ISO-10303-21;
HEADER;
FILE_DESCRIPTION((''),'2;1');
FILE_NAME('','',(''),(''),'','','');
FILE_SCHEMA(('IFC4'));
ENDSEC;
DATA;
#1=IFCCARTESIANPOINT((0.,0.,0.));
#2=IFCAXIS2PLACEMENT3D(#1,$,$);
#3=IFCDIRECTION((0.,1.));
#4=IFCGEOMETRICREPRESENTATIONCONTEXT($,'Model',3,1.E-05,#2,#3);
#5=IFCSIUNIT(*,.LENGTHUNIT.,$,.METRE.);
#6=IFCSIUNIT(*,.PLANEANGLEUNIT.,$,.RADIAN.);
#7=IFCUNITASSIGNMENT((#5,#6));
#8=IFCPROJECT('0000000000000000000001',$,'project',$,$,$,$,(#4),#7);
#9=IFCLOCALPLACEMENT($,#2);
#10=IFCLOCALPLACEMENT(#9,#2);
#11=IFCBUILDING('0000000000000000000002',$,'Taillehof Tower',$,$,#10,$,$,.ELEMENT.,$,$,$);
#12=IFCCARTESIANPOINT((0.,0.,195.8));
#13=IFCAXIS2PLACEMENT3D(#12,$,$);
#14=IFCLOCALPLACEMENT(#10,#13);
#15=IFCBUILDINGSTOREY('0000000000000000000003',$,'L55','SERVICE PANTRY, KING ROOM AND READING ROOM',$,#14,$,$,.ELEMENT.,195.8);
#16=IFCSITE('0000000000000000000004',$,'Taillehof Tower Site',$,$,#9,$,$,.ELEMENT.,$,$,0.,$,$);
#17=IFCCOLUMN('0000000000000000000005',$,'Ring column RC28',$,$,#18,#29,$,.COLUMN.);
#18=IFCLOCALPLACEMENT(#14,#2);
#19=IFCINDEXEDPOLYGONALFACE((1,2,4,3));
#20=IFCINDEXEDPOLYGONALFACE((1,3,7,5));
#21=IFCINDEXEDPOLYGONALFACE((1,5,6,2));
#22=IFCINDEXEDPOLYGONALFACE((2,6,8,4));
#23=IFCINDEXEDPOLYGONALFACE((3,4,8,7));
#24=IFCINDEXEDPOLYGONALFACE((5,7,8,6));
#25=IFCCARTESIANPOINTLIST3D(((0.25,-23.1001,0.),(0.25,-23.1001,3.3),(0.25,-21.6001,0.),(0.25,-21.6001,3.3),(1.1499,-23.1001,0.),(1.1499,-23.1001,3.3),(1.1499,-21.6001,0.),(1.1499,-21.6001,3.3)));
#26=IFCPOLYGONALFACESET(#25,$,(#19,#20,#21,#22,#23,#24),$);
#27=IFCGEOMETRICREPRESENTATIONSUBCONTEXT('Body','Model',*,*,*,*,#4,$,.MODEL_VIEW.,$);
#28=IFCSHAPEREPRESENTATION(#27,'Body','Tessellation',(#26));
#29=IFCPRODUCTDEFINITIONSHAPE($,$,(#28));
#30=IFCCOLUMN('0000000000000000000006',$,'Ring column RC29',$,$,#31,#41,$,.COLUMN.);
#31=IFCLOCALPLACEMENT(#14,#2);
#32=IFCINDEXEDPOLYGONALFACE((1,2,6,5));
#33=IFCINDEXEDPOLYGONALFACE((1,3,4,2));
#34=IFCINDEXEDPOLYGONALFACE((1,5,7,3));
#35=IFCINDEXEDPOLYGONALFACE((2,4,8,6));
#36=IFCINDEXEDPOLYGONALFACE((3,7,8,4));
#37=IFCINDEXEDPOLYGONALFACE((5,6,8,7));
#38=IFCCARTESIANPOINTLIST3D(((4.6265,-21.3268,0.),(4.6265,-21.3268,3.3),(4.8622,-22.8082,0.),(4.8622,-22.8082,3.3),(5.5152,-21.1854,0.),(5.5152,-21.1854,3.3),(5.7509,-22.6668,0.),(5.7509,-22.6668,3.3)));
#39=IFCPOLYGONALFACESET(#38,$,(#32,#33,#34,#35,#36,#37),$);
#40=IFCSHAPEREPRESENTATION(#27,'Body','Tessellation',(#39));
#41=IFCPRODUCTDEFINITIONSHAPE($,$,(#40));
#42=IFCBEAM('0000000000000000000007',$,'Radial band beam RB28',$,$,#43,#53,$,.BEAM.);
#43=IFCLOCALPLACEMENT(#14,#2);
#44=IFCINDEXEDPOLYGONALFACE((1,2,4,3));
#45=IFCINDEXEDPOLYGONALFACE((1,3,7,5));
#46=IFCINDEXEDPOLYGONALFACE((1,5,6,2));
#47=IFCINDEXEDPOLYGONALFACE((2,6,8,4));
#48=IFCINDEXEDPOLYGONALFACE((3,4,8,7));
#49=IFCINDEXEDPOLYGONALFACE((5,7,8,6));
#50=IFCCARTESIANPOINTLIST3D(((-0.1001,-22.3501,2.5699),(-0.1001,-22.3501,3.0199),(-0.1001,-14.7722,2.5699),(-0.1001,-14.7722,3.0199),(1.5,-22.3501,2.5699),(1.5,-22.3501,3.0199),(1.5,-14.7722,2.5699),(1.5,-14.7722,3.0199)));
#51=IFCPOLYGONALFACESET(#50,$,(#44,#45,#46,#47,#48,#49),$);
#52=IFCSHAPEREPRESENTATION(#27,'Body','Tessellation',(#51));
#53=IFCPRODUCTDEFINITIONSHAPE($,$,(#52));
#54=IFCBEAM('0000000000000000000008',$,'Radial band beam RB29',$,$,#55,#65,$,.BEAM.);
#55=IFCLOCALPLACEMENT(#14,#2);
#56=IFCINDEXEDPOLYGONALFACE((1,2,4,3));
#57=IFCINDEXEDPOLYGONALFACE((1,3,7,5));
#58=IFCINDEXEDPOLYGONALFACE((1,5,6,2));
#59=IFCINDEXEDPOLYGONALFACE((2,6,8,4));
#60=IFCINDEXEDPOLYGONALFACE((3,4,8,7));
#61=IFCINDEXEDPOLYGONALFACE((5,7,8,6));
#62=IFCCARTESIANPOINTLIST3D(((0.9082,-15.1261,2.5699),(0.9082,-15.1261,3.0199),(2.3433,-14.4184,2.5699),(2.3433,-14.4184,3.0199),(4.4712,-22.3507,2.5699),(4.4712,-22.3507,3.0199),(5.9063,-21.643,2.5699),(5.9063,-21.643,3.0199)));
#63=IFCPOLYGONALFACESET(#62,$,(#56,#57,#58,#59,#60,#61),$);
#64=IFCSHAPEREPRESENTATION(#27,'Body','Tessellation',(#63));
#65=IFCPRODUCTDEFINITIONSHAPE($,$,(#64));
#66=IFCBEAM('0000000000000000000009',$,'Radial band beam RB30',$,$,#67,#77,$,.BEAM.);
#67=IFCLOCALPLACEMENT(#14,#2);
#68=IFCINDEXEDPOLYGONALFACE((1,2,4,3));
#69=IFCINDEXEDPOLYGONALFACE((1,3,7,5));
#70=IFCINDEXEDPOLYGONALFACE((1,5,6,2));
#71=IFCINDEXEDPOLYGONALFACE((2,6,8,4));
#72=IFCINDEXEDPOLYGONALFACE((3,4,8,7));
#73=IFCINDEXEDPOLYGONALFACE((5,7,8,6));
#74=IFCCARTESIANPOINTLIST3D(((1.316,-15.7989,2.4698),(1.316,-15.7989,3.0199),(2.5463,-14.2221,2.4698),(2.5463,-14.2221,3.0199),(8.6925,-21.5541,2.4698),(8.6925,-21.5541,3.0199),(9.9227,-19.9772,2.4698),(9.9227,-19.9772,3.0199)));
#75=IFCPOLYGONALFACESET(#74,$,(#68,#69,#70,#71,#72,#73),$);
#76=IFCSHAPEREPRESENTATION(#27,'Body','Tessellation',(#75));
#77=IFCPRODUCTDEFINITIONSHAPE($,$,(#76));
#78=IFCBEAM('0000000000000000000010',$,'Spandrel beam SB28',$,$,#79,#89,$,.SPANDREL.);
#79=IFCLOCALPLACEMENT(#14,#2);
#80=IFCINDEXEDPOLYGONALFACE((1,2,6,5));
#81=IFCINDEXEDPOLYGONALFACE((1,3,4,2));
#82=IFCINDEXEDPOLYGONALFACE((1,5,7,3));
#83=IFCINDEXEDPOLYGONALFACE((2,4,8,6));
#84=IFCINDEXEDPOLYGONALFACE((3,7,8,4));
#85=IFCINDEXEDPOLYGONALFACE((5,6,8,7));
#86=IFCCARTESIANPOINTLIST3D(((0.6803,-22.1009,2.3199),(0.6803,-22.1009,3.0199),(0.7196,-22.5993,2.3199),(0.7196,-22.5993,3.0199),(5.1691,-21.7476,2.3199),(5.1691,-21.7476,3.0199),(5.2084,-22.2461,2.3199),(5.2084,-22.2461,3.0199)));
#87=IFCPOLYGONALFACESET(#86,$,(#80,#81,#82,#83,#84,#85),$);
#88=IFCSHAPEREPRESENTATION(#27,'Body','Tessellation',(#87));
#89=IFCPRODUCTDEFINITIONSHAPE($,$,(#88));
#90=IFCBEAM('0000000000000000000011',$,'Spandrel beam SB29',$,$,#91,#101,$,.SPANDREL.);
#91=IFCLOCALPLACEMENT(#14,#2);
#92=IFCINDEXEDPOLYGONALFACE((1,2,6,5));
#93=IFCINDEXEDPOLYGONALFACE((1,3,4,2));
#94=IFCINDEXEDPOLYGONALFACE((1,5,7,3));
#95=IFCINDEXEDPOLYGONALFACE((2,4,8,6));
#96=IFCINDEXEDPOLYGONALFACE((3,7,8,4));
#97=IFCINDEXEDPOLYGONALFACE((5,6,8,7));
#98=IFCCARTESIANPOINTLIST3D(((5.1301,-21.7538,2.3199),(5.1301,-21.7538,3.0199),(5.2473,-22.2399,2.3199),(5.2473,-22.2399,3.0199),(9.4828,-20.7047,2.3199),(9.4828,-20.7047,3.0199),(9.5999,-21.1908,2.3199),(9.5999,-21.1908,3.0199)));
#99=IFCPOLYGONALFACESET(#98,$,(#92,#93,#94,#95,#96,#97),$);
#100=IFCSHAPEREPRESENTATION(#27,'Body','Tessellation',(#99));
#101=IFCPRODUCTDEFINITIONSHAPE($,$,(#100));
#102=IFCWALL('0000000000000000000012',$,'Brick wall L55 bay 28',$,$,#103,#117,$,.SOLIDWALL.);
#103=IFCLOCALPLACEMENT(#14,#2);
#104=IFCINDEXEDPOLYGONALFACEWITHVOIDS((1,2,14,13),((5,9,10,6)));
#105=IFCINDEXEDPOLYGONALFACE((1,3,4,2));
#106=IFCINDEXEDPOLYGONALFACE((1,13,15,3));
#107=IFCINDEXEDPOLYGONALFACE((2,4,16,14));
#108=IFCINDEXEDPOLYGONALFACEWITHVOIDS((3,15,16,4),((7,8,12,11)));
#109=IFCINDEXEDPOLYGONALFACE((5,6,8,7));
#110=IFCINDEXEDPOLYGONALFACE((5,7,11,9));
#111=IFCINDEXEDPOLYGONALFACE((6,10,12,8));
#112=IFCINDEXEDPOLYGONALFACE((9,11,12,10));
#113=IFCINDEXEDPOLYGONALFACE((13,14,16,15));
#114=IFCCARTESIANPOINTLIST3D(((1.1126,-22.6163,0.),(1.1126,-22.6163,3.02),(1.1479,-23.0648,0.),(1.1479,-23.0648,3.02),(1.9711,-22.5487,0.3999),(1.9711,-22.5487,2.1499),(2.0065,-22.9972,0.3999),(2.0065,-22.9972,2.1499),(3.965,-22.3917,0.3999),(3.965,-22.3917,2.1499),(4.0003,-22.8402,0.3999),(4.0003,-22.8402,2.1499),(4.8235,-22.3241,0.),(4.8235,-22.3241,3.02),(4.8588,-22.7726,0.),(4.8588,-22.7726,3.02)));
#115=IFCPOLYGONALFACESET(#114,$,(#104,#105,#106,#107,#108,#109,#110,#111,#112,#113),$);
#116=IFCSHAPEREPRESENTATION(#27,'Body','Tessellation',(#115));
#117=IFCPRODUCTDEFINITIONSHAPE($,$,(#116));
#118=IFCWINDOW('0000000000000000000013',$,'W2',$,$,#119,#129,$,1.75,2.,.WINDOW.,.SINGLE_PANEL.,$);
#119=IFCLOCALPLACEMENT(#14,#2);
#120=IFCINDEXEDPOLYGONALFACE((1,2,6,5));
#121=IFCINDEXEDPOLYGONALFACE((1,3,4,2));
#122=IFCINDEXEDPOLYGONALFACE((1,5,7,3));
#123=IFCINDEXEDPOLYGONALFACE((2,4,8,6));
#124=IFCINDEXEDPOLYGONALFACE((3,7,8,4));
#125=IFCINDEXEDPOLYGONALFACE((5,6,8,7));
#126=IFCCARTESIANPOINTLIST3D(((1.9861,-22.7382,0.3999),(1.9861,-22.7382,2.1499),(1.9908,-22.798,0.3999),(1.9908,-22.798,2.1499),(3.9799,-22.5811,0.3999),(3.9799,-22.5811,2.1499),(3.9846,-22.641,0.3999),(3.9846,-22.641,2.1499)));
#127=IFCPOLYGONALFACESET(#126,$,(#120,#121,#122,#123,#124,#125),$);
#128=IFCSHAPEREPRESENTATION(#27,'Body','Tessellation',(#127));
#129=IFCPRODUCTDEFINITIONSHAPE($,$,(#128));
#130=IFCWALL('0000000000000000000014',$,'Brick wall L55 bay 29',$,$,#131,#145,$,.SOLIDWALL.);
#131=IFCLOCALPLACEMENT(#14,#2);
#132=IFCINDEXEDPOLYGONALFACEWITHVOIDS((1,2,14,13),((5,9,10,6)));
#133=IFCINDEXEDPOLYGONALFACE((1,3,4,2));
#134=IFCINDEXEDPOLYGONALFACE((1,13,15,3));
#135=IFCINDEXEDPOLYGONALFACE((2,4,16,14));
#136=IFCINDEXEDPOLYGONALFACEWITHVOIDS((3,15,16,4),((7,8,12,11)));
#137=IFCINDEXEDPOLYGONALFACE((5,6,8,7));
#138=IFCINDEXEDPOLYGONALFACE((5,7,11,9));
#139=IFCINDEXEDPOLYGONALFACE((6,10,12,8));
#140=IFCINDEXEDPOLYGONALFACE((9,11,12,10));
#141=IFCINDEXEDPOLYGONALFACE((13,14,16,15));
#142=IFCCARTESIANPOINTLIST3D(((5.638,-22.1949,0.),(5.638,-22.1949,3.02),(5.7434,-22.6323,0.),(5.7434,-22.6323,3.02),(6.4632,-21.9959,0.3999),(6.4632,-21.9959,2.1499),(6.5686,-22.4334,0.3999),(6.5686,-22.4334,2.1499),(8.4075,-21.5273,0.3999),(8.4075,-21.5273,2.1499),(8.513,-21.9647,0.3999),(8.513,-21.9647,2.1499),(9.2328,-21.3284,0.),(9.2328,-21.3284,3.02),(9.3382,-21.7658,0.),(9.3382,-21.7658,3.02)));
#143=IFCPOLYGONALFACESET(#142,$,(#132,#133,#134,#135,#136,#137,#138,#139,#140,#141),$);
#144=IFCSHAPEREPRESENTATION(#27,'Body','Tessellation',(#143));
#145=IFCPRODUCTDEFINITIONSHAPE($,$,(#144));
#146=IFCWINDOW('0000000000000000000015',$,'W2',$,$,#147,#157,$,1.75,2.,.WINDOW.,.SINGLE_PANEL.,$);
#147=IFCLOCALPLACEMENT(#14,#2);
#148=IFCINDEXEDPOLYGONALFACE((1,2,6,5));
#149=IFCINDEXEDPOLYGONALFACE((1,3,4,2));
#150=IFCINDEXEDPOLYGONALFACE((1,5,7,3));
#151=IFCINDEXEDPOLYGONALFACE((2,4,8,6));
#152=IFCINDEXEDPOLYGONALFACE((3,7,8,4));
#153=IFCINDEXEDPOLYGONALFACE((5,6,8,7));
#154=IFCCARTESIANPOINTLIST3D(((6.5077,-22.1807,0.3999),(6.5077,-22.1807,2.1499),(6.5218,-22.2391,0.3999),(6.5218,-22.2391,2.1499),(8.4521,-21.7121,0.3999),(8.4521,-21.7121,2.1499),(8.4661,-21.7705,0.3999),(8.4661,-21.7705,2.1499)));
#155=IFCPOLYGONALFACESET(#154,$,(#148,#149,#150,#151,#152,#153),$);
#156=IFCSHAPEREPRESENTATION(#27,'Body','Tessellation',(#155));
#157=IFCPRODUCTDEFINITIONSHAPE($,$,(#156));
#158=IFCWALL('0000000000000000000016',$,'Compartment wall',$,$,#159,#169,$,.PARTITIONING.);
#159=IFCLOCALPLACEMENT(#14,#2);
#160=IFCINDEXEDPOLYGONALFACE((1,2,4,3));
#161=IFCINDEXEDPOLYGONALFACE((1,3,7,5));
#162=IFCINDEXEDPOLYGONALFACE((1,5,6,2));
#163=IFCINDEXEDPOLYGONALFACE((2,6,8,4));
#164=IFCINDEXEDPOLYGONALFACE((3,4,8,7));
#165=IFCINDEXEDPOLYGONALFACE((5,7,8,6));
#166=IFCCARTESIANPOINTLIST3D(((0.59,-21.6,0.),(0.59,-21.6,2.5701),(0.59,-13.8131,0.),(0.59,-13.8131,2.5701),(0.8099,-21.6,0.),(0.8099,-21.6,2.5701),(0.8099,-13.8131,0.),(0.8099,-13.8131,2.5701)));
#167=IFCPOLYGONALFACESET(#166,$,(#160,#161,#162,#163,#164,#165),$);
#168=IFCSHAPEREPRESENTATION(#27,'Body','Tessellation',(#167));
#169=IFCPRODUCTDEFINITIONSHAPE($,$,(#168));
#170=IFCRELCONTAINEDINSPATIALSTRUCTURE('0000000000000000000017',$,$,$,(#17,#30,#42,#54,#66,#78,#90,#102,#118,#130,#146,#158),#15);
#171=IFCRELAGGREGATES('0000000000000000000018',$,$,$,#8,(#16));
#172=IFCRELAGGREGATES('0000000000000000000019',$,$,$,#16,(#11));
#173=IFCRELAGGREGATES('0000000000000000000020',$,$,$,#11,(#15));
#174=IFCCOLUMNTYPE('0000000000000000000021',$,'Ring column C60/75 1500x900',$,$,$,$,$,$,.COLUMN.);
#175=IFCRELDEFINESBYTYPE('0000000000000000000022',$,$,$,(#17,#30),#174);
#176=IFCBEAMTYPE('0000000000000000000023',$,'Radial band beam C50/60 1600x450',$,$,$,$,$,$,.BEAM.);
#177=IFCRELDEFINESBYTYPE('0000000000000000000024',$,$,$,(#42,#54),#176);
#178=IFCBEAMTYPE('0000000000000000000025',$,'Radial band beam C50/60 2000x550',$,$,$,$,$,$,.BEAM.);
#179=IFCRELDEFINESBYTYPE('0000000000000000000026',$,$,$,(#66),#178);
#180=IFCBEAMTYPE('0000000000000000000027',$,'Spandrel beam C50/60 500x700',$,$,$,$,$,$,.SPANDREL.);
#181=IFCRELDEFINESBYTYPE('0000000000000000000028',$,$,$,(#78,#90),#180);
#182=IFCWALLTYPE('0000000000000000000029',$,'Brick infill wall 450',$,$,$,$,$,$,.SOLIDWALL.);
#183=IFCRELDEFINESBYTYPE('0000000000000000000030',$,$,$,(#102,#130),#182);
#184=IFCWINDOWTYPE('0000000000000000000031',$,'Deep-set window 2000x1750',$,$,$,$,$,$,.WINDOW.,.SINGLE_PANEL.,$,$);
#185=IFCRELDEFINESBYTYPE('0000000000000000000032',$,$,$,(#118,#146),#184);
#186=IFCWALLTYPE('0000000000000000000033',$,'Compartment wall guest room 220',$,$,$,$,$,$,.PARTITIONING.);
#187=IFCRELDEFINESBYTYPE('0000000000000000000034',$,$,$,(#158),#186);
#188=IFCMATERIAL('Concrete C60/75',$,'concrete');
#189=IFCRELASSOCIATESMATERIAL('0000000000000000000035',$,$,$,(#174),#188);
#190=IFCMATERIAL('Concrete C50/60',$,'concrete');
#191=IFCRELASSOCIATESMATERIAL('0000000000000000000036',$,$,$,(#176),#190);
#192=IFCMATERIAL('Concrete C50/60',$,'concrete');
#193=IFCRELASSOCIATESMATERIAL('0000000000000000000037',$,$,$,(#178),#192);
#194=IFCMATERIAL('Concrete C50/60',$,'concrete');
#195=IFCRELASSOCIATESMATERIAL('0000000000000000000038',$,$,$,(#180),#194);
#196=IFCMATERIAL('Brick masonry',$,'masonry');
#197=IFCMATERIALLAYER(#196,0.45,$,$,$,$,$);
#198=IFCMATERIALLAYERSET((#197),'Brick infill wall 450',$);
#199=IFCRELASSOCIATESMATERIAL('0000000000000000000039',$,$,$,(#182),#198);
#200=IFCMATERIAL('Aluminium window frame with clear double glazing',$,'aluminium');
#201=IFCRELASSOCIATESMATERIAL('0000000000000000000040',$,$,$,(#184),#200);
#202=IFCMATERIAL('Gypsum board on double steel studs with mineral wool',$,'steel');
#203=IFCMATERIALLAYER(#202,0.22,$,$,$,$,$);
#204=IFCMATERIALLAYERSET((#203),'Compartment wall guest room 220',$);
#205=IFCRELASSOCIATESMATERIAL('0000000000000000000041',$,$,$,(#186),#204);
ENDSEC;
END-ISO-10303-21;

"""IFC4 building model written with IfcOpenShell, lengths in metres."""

from ifc_helpers import new_model, si_unit, direction, frame, frame_2d, origin, origin_2d, place, context, subcontext, project, spatial, rectangle, extrude, material, layer, layer_set, material_profile, profile_set, type_object, element, fill, save


model = new_model("IFC4")

# Units and contexts
model_context = context("Model", 3, precision=1e-05, world=origin(), true_north=direction((0.0, 1.0)))
body_context = subcontext(model_context, "Body", "Model", "MODEL_VIEW")
ifc_project = project(units=[si_unit("LENGTHUNIT", "METRE"), si_unit("PLANEANGLEUNIT", "RADIAN")], contexts=[model_context])

# Site, building, storey
site_placement = place(None, origin())
site = spatial("IfcSite", under=ifc_project, at=site_placement, Name="Taillehof Tower Site", CompositionType="ELEMENT", RefElevation=0.0)
building_placement = place(site_placement, origin())
building = spatial("IfcBuilding", under=site, at=building_placement, Name="Taillehof Tower", CompositionType="ELEMENT")
storey_placement = place(building_placement, frame((0.0, 0.0, 195.8)))
storey = spatial("IfcBuildingStorey", under=building, at=storey_placement, Name="L55", Description="SERVICE PANTRY, KING ROOM AND READING ROOM", CompositionType="ELEMENT", Elevation=195.8)

# Columns
ifc_material_1 = material(Name="Concrete C60/75", Category="concrete")
ifc_material_profile_1 = material_profile(ifc_material_1, rectangle(XDim=1.5, YDim=0.8999, at=origin_2d()), Name="RC 1500x900")
ifc_profile_set_1 = profile_set([ifc_material_profile_1], Name="Concrete C60/75")
column_type = type_object("IfcColumnType", Name="Ring column C60/75 1500x900", PredefinedType="COLUMN", material=ifc_profile_set_1)
for number, where, z_axis, x_axis, name in (
    (1, (0.7, -22.3501, 0.0), (0.0, 0.0, 1.0), (0.0, -1.0, 0.0), "Ring column RC28"),
    (2, (5.1887, -21.9968, 0.0), (0.0, 0.0, 1.0), (0.157116, -0.98758, 0.0), "Ring column RC29"),
):
    element("IfcColumn", number, at=place(storey_placement, frame(where, z_axis=z_axis, x_axis=x_axis)), inside=storey, type_object=column_type, Name=name, PredefinedType="COLUMN", context=body_context, shape_type="SweptSolid", body=[
        extrude(rectangle(XDim=1.5, YDim=0.8999, at=origin_2d()), origin(), (0.0, 0.0, 1.0), 3.3),
    ])

# Beams
ifc_material_2 = material(Name="Concrete C50/60", Category="concrete")
ifc_material_profile_2 = material_profile(ifc_material_2, rectangle(XDim=1.6001, YDim=0.45, at=origin_2d()), Name="RC 1600x450")
ifc_profile_set_2 = profile_set([ifc_material_profile_2], Name="Concrete C50/60")
beam_type_1 = type_object("IfcBeamType", Name="Radial band beam C50/60 1600x450", PredefinedType="BEAM", material=ifc_profile_set_2)
beam_1_placement = place(storey_placement, frame((0.7, -22.3501, 2.7949), z_axis=(0.0, 1.0, 0.0), x_axis=(-1.0, 0.0, 0.0)))
element("IfcBeam", 3, at=beam_1_placement, inside=storey, type_object=beam_type_1, Name="Radial band beam RB28", PredefinedType="BEAM", context=body_context, shape_type="SweptSolid", body=[
    extrude(rectangle(XDim=1.6001, YDim=0.45, at=origin_2d()), origin(), (0.0, 0.0, 1.0), 7.5779),
])
beam_2_placement = place(storey_placement, frame((5.1887, -21.9968, 2.7949), z_axis=(-0.442309, 0.896863, 0.0), x_axis=(-0.896863, -0.442309, 0.0)))
element("IfcBeam", 4, at=beam_2_placement, inside=storey, type_object=beam_type_1, Name="Radial band beam RB29", PredefinedType="BEAM", context=body_context, shape_type="SweptSolid", body=[
    extrude(rectangle(XDim=1.6001, YDim=0.45, at=origin_2d()), origin(), (0.0, 0.0, 1.0), 8.0554),
])
ifc_material_3 = material(Name="Concrete C50/60", Category="concrete")
ifc_material_profile_3 = material_profile(ifc_material_3, rectangle(XDim=2.0, YDim=0.55, at=origin_2d()), Name="RC 2000x550")
ifc_profile_set_3 = profile_set([ifc_material_profile_3], Name="Concrete C50/60")
beam_type_2 = type_object("IfcBeamType", Name="Radial band beam C50/60 2000x550", PredefinedType="BEAM", material=ifc_profile_set_3)
beam_3_placement = place(storey_placement, frame((9.3076, -20.7656, 2.7449), z_axis=(-0.788425, 0.61513, 0.0), x_axis=(-0.61513, -0.788425, 0.0)))
element("IfcBeam", 5, at=beam_3_placement, inside=storey, type_object=beam_type_2, Name="Radial band beam RB30", PredefinedType="BEAM", context=body_context, shape_type="SweptSolid", body=[
    extrude(rectangle(XDim=2.0, YDim=0.55, at=origin_2d()), origin(), (0.0, 0.0, 1.0), 9.356),
])
ifc_material_4 = material(Name="Concrete C50/60", Category="concrete")
ifc_material_profile_4 = material_profile(ifc_material_4, rectangle(XDim=0.5, YDim=0.7, at=origin_2d()), Name="RC 500x700")
ifc_profile_set_4 = profile_set([ifc_material_profile_4], Name="Concrete C50/60")
beam_type_3 = type_object("IfcBeamType", Name="Spandrel beam C50/60 500x700", PredefinedType="SPANDREL", material=ifc_profile_set_4)
beam_4_placement = place(storey_placement, frame((0.7, -22.3501, 2.6699), z_axis=(0.996917, 0.078459, 0.0), x_axis=(-0.078459, 0.996917, 0.0)))
element("IfcBeam", 6, at=beam_4_placement, inside=storey, type_object=beam_type_3, Name="Spandrel beam SB28", PredefinedType="SPANDREL", context=body_context, shape_type="SweptSolid", body=[
    extrude(rectangle(XDim=0.5, YDim=0.7, at=origin_2d()), origin(), (0.0, 0.0, 1.0), 4.5027),
])
beam_5_placement = place(storey_placement, frame((5.1887, -21.9968, 2.6699), z_axis=(0.972161, 0.234315, 0.0), x_axis=(-0.234315, 0.972161, 0.0)))
element("IfcBeam", 7, at=beam_5_placement, inside=storey, type_object=beam_type_3, Name="Spandrel beam SB29", PredefinedType="SPANDREL", context=body_context, shape_type="SweptSolid", body=[
    extrude(rectangle(XDim=0.5, YDim=0.7, at=origin_2d()), origin(), (0.0, 0.0, 1.0), 4.4773),
])

# Walls, openings, windows
ifc_material_5 = material(Name="Brick masonry", Category="masonry")
ifc_layer_1 = layer(ifc_material_5, 0.45)
ifc_layer_set_1 = layer_set([ifc_layer_1], Name="Brick infill wall 450")
wall_type_1 = type_object("IfcWallType", Name="Brick infill wall 450", PredefinedType="SOLIDWALL", material=ifc_layer_set_1)
wall_1_placement = place(storey_placement, frame((1.1301, -22.8406, 0.0), z_axis=(0.0, 0.0, 1.0), x_axis=(0.996914, 0.078507, 0.0)))
wall_1 = element("IfcWall", 8, at=wall_1_placement, inside=storey, type_object=wall_type_1, Name="Brick wall L55 bay 28", PredefinedType="SOLIDWALL", context=body_context, shape_type="SweptSolid", body=[
    extrude(rectangle(XDim=3.7224, YDim=0.45, at=frame_2d((1.8613, 0.0))), origin(), (0.0, 0.0, 1.0), 3.02),
])
opening_1_placement = place(wall_1_placement, frame((0.8613, 0.0, 0.3999)))
opening_1 = element("IfcOpeningElement", 9, at=opening_1_placement, cuts=wall_1, PredefinedType="OPENING", context=body_context, shape_type="SweptSolid", body=[
    extrude(rectangle(XDim=2.0, YDim=1.75, at=frame_2d((1.0, 0.875))), frame((0.0, 0.2349, 0.0), z_axis=(0.0, -1.0, 0.0), x_axis=(1.0, 0.0, 0.0)), (0.0, 0.0, 1.0), 0.47),
])
ifc_material_6 = material(Name="Aluminium window frame with clear double glazing", Category="aluminium")
window_type = type_object("IfcWindowType", Name="Deep-set window 2000x1750", PartitioningType="SINGLE_PANEL", PredefinedType="WINDOW", material=ifc_material_6)
window_1_placement = place(opening_1_placement, origin())
window_1 = element("IfcWindow", 10, at=window_1_placement, inside=storey, type_object=window_type, Name="W2", OverallHeight=1.75, OverallWidth=2.0, PartitioningType="SINGLE_PANEL", PredefinedType="WINDOW", context=body_context, shape_type="SweptSolid", body=[
    extrude(rectangle(XDim=2.0, YDim=1.75, at=frame_2d((1.0, 0.875))), frame((0.0, 0.0349, 0.0), z_axis=(0.0, -1.0, 0.0), x_axis=(1.0, 0.0, 0.0)), (0.0, 0.0, 1.0), 0.0601),
])
fill(opening_1, window_1)
wall_2_placement = place(storey_placement, frame((5.6907, -22.4136, 0.0), z_axis=(0.0, 0.0, 1.0), x_axis=(0.972158, 0.234324, 0.0)))
wall_2 = element("IfcWall", 11, at=wall_2_placement, inside=storey, type_object=wall_type_1, Name="Brick wall L55 bay 29", PredefinedType="SOLIDWALL", context=body_context, shape_type="SweptSolid", body=[
    extrude(rectangle(XDim=3.6978, YDim=0.45, at=frame_2d((1.8489, 0.0))), origin(), (0.0, 0.0, 1.0), 3.02),
])
opening_2_placement = place(wall_2_placement, frame((0.8489, 0.0, 0.3999)))
opening_2 = element("IfcOpeningElement", 12, at=opening_2_placement, cuts=wall_2, PredefinedType="OPENING", context=body_context, shape_type="SweptSolid", body=[
    extrude(rectangle(XDim=2.0, YDim=1.75, at=frame_2d((1.0, 0.875))), frame((0.0, 0.2349, 0.0), z_axis=(0.0, -1.0, 0.0), x_axis=(1.0, 0.0, 0.0)), (0.0, 0.0, 1.0), 0.47),
])
window_2_placement = place(opening_2_placement, origin())
window_2 = element("IfcWindow", 13, at=window_2_placement, inside=storey, type_object=window_type, Name="W2", OverallHeight=1.75, OverallWidth=2.0, PartitioningType="SINGLE_PANEL", PredefinedType="WINDOW", context=body_context, shape_type="SweptSolid", body=[
    extrude(rectangle(XDim=2.0, YDim=1.75, at=frame_2d((1.0, 0.875))), frame((0.0, 0.0349, 0.0), z_axis=(0.0, -1.0, 0.0), x_axis=(1.0, 0.0, 0.0)), (0.0, 0.0, 1.0), 0.0601),
])
fill(opening_2, window_2)

# Wall
ifc_material_7 = material(Name="Gypsum board on double steel studs with mineral wool", Category="steel")
ifc_layer_2 = layer(ifc_material_7, 0.22)
ifc_layer_set_2 = layer_set([ifc_layer_2], Name="Compartment wall guest room 220")
wall_type_2 = type_object("IfcWallType", Name="Compartment wall guest room 220", PredefinedType="PARTITIONING", material=ifc_layer_set_2)
wall_3_placement = place(storey_placement, frame((0.7, -21.6001, 0.0), z_axis=(0.0, 0.0, 1.0), x_axis=(0.0, 1.0, 0.0)))
element("IfcWall", 14, at=wall_3_placement, inside=storey, type_object=wall_type_2, Name="Compartment wall", PredefinedType="PARTITIONING", context=body_context, shape_type="SweptSolid", body=[
    extrude(rectangle(XDim=7.7869, YDim=0.22, at=frame_2d((3.8936, 0.0))), origin(), (0.0, 0.0, 1.0), 2.5701),
])

save(model, "model.ifc")
